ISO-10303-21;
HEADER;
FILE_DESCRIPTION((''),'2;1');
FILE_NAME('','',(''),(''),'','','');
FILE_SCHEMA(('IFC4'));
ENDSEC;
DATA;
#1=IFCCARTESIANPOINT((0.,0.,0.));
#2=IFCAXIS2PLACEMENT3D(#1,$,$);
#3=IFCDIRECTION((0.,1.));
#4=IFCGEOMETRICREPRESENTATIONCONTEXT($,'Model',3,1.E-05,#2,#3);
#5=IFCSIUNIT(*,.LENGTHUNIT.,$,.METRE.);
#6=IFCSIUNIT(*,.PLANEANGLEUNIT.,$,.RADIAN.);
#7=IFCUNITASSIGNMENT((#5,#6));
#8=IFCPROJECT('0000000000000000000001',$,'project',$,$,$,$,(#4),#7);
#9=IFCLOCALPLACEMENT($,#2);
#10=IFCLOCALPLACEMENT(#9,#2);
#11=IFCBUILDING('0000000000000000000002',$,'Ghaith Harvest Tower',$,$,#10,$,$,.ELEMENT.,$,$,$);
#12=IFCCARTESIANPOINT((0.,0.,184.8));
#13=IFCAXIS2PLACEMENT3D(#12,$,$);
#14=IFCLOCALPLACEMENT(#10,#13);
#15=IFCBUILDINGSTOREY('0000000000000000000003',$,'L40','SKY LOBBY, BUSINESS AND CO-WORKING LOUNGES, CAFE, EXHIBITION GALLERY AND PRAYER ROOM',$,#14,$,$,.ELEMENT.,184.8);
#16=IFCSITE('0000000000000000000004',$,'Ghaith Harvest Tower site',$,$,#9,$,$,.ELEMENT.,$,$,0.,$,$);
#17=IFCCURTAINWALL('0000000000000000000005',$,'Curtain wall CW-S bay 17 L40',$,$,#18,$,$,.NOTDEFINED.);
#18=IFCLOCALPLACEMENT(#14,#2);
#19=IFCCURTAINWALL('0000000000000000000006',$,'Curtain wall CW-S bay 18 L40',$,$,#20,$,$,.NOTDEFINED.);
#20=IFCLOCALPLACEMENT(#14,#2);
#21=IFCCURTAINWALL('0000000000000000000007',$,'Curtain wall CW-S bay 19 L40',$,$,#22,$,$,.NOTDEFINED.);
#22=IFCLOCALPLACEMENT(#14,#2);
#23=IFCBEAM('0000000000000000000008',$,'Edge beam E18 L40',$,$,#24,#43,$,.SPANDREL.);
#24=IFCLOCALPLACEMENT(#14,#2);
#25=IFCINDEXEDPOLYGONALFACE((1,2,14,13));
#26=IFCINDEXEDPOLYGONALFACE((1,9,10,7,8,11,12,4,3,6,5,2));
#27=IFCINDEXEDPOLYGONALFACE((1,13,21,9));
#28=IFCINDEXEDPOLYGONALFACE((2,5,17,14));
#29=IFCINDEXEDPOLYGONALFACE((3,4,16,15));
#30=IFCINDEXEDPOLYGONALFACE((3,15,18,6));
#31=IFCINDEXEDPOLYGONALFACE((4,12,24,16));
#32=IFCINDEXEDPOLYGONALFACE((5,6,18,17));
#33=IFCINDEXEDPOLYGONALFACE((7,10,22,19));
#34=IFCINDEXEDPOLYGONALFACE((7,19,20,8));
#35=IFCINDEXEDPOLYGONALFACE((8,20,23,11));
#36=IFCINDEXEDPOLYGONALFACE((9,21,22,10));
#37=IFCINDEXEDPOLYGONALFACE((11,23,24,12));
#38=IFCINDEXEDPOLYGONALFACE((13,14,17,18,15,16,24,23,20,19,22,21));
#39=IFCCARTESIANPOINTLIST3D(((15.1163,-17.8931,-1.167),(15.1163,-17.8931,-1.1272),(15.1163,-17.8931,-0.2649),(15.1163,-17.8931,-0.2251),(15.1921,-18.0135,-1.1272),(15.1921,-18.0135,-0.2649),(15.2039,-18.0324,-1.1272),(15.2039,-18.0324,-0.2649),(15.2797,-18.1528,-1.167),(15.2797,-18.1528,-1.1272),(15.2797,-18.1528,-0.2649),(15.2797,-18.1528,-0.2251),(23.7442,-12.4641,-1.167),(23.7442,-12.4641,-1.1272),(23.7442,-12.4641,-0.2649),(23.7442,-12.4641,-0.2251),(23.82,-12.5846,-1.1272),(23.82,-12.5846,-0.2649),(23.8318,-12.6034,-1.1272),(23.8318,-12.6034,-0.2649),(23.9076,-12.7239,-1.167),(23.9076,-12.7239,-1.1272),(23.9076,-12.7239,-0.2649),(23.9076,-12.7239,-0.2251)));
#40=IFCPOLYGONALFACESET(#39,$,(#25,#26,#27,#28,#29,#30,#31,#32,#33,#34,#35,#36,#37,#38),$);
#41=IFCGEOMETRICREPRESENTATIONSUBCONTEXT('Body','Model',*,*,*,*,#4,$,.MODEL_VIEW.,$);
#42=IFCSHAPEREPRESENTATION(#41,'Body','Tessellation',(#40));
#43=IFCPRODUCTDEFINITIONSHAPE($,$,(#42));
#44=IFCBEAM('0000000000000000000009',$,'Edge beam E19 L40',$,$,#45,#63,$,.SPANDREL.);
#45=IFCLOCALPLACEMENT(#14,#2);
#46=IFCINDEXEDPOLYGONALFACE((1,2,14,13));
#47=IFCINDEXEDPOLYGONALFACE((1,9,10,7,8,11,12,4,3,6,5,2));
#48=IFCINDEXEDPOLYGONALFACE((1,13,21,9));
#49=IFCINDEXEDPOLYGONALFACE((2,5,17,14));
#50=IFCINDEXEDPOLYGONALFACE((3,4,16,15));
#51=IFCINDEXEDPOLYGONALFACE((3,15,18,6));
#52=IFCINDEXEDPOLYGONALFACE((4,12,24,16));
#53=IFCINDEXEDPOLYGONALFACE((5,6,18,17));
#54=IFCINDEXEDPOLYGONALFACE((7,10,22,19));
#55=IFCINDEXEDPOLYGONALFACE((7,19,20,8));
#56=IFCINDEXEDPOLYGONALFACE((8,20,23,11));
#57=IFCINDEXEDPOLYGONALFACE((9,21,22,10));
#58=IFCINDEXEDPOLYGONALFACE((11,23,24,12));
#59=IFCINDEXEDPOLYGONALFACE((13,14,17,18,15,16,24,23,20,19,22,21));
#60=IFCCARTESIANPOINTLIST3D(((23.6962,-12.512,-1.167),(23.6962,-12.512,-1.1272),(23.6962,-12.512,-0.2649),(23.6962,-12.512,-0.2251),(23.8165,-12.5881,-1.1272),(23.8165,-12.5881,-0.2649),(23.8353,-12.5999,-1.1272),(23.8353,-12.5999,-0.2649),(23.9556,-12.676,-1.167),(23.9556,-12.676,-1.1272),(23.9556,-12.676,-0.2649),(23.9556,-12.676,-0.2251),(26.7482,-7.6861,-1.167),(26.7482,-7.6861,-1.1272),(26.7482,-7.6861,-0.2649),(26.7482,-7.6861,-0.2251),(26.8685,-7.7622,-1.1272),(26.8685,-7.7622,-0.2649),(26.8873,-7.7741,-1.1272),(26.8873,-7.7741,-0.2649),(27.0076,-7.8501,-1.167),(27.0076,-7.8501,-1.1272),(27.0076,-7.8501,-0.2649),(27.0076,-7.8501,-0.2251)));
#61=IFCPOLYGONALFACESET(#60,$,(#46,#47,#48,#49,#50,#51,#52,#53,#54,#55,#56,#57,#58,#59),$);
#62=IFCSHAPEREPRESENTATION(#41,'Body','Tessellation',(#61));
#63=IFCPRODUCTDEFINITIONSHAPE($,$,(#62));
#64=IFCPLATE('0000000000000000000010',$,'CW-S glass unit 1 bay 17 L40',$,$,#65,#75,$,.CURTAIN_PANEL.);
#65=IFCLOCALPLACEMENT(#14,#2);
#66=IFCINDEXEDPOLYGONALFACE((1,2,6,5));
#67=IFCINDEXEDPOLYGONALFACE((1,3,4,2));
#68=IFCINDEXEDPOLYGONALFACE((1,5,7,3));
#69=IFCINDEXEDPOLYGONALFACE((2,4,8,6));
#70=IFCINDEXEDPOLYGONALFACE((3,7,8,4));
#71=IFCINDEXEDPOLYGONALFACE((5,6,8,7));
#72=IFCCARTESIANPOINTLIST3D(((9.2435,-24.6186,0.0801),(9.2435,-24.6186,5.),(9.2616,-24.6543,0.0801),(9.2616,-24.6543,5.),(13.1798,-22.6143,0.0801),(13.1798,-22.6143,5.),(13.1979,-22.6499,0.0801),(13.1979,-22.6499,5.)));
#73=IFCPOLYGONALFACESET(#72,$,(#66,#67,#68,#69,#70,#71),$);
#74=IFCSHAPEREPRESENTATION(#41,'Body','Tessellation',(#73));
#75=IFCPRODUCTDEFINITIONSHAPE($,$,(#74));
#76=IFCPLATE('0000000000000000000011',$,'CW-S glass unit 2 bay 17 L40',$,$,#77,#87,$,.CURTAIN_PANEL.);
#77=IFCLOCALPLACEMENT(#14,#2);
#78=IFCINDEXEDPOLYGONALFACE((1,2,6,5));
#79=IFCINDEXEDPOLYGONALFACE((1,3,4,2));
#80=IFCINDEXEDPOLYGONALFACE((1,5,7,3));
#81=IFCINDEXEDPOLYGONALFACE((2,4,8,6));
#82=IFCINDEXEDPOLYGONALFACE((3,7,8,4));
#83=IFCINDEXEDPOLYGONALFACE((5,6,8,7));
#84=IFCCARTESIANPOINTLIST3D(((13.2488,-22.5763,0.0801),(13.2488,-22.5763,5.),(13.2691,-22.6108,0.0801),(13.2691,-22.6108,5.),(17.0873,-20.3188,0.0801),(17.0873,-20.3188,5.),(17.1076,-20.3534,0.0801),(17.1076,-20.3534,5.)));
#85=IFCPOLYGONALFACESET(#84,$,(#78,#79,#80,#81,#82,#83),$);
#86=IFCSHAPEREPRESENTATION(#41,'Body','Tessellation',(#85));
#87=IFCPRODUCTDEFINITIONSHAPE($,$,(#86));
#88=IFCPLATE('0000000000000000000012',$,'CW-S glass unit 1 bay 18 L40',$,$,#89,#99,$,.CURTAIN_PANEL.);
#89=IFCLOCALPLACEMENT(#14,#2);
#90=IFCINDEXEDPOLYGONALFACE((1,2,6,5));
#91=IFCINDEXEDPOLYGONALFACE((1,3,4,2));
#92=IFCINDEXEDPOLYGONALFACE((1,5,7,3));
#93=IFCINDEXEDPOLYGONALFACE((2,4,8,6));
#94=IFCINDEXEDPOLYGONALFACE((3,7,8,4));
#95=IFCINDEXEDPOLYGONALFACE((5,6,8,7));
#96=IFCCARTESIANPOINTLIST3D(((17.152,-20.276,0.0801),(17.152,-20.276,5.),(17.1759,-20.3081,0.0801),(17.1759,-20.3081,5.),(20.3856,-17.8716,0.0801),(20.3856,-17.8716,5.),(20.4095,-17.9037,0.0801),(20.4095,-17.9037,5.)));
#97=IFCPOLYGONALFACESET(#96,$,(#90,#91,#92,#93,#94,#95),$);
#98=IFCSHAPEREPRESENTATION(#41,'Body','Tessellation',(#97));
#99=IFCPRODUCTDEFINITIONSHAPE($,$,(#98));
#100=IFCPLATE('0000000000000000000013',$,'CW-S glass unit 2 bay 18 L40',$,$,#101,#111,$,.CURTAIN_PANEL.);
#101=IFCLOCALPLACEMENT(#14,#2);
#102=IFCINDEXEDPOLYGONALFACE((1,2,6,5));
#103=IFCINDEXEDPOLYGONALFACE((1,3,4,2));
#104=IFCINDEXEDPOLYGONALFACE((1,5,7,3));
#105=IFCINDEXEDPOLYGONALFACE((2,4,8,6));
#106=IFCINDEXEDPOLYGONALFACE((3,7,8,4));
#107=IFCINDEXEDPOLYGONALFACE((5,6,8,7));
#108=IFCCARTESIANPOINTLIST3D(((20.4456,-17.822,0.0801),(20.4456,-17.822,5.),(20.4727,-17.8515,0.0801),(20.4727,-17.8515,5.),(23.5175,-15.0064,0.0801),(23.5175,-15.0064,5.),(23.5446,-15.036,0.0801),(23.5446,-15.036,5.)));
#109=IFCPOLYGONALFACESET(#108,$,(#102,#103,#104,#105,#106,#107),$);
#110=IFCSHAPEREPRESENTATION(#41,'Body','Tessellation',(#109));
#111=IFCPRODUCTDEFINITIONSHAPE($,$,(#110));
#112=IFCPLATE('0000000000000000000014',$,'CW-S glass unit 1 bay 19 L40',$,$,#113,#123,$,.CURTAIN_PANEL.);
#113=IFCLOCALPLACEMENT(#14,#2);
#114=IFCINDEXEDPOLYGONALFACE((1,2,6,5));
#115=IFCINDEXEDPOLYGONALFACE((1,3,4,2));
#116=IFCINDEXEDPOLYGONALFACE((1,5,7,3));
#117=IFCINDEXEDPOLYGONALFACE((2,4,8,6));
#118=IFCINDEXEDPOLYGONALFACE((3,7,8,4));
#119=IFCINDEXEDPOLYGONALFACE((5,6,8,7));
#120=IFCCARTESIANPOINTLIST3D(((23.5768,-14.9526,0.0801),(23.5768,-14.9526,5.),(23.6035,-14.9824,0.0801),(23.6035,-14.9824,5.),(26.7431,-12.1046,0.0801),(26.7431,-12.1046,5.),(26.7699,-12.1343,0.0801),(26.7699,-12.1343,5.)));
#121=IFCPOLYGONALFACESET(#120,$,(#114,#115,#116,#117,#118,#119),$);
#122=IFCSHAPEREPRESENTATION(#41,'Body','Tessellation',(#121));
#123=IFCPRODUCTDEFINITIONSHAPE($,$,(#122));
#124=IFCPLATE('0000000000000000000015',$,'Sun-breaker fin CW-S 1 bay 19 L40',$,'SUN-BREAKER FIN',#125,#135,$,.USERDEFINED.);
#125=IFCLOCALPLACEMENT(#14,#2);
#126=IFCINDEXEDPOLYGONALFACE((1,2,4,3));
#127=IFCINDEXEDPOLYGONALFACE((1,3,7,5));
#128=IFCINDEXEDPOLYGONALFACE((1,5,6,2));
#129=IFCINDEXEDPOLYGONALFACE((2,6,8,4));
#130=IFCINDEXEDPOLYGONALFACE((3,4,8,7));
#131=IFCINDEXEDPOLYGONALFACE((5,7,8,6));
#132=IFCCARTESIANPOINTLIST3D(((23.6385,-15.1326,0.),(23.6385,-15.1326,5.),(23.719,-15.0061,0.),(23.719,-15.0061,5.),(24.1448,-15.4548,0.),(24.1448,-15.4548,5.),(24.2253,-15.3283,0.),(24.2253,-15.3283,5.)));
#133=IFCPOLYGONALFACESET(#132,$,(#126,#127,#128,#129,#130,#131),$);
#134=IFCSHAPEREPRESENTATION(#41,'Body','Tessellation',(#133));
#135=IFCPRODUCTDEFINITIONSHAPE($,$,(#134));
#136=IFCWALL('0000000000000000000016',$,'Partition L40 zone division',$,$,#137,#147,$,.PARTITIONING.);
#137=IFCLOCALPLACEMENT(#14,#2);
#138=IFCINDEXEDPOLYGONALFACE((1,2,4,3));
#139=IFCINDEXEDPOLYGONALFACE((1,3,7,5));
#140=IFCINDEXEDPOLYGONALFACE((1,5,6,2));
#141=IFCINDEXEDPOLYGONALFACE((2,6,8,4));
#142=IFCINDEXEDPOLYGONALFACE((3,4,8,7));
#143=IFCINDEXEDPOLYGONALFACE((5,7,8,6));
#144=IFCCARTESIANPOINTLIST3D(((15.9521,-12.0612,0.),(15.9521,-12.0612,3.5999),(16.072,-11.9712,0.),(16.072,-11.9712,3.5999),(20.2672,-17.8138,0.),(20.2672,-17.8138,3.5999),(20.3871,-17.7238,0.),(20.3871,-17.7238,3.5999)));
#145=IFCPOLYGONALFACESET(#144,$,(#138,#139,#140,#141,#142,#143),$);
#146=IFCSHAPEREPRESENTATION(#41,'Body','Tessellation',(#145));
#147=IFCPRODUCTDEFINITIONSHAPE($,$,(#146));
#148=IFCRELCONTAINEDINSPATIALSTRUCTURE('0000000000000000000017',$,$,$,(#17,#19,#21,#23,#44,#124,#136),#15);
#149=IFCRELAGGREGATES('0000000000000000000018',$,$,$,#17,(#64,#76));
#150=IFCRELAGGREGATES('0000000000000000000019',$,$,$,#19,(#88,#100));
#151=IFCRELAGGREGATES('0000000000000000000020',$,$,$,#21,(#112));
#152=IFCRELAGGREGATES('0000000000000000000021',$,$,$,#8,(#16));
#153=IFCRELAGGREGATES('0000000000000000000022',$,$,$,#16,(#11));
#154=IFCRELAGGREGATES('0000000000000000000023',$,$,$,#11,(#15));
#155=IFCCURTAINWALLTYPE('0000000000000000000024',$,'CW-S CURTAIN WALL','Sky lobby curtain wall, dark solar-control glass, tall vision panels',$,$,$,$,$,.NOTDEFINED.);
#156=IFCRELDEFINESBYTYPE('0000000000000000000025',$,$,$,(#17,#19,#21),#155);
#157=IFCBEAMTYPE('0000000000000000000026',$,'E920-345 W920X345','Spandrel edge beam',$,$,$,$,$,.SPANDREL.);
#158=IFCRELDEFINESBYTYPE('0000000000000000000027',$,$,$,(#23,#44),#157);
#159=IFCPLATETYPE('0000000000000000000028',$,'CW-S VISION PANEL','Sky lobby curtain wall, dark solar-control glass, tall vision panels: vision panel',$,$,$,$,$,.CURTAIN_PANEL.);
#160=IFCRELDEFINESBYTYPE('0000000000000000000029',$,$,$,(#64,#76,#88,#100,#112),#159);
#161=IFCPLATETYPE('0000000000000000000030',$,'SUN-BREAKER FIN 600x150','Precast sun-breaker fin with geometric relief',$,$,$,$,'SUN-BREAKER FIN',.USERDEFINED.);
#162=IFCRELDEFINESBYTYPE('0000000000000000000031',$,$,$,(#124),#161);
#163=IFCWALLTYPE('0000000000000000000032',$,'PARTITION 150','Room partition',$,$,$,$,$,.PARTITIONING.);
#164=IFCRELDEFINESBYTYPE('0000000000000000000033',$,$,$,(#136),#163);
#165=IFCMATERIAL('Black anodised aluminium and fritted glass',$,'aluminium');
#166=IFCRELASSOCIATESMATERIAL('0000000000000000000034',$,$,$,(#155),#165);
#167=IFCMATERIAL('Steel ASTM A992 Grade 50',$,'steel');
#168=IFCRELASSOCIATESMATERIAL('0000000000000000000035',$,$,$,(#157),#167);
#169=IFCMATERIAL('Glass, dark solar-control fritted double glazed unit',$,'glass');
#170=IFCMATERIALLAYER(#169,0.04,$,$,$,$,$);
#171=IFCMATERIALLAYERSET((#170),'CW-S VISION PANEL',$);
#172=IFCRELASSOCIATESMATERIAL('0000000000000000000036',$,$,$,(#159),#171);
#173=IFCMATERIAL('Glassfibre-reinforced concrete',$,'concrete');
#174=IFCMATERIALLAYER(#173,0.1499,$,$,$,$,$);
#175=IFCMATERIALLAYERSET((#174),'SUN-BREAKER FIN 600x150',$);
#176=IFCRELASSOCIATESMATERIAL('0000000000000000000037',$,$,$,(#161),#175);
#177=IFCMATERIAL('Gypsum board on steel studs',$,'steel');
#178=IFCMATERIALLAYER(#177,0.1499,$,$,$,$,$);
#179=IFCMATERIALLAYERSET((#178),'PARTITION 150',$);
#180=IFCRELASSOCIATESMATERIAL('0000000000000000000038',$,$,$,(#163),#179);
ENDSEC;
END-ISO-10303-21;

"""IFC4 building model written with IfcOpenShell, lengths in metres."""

from ifc_helpers import new_model, si_unit, direction, frame, frame_2d, origin, origin_2d, place, context, subcontext, project, spatial, rectangle, i_section, extrude, material, layer, layer_set, material_profile, profile_set, type_object, element, aggregate, save


model = new_model("IFC4")

# Units and contexts
model_context = context("Model", 3, precision=1e-05, world=origin(), true_north=direction((0.0, 1.0)))
body_context = subcontext(model_context, "Body", "Model", "MODEL_VIEW")
ifc_project = project(units=[si_unit("LENGTHUNIT", "METRE"), si_unit("PLANEANGLEUNIT", "RADIAN")], contexts=[model_context])

# Site, building, storey
site_placement = place(None, origin())
site = spatial("IfcSite", under=ifc_project, at=site_placement, Name="Ghaith Harvest Tower site", CompositionType="ELEMENT", RefElevation=0.0)
building_placement = place(site_placement, origin())
building = spatial("IfcBuilding", under=site, at=building_placement, Name="Ghaith Harvest Tower", CompositionType="ELEMENT")
storey_placement = place(building_placement, frame((0.0, 0.0, 184.8)))
storey = spatial("IfcBuildingStorey", under=building, at=storey_placement, Name="L40", Description="SKY LOBBY, BUSINESS AND CO-WORKING LOUNGES, CAFE, EXHIBITION GALLERY AND PRAYER ROOM", CompositionType="ELEMENT", Elevation=184.8)

# Curtain wall
ifc_material_1 = material(Name="Black anodised aluminium and fritted glass", Category="aluminium")
curtain_wall_type = type_object("IfcCurtainWallType", Name="CW-S CURTAIN WALL", Description="Sky lobby curtain wall, dark solar-control glass, tall vision panels", PredefinedType="NOTDEFINED", material=ifc_material_1)
curtain_wall_1_placement = place(storey_placement, origin())
curtain_wall_1 = element("IfcCurtainWall", 1, at=curtain_wall_1_placement, inside=storey, type_object=curtain_wall_type, Name="Curtain wall CW-S bay 17 L40", PredefinedType="NOTDEFINED")

# Curtain walls
curtain_wall_2_placement = place(storey_placement, origin())
curtain_wall_2 = element("IfcCurtainWall", 2, at=curtain_wall_2_placement, inside=storey, type_object=curtain_wall_type, Name="Curtain wall CW-S bay 18 L40", PredefinedType="NOTDEFINED")
curtain_wall_3_placement = place(storey_placement, origin())
curtain_wall_3 = element("IfcCurtainWall", 3, at=curtain_wall_3_placement, inside=storey, type_object=curtain_wall_type, Name="Curtain wall CW-S bay 19 L40", PredefinedType="NOTDEFINED")

# Beams
ifc_material_2 = material(Name="Steel ASTM A992 Grade 50", Category="steel")
ifc_material_profile_1 = material_profile(ifc_material_2, i_section(OverallWidth=0.3069, OverallDepth=0.9419, WebThickness=0.0222, FlangeThickness=0.0398, at=origin_2d()), Name="W920X345")
ifc_profile_set_1 = profile_set([ifc_material_profile_1], Name="Steel ASTM A992 Grade 50")
beam_type = type_object("IfcBeamType", Name="E920-345 W920X345", Description="Spandrel edge beam", PredefinedType="SPANDREL", material=ifc_profile_set_1)
beam_1_placement = place(storey_placement, frame((15.198, -18.0229, -0.696), z_axis=(0.846385, 0.532571, 0.0), x_axis=(-0.532571, 0.846385, 0.0)))
element("IfcBeam", 4, at=beam_1_placement, inside=storey, type_object=beam_type, Name="Edge beam E18 L40", PredefinedType="SPANDREL", context=body_context, shape_type="SweptSolid", body=[
    extrude(i_section(OverallWidth=0.3069, OverallDepth=0.9419, WebThickness=0.0222, FlangeThickness=0.0398, at=origin_2d()), origin(), (0.0, 0.0, 1.0), 10.1938),
])
beam_2_placement = place(storey_placement, frame((23.8259, -12.594, -0.696), z_axis=(0.5345, 0.845169, 0.0), x_axis=(-0.845169, 0.5345, 0.0)))
element("IfcBeam", 5, at=beam_2_placement, inside=storey, type_object=beam_type, Name="Edge beam E19 L40", PredefinedType="SPANDREL", context=body_context, shape_type="SweptSolid", body=[
    extrude(i_section(OverallWidth=0.3069, OverallDepth=0.9419, WebThickness=0.0222, FlangeThickness=0.0398, at=origin_2d()), origin(), (0.0, 0.0, 1.0), 5.71),
])

# Plates
ifc_material_3 = material(Name="Glass, dark solar-control fritted double glazed unit", Category="glass")
ifc_layer_1 = layer(ifc_material_3, 0.04)
ifc_layer_set_1 = layer_set([ifc_layer_1], Name="CW-S VISION PANEL")
plate_type_1 = type_object("IfcPlateType", Name="CW-S VISION PANEL", Description="Sky lobby curtain wall, dark solar-control glass, tall vision panels: vision panel", PredefinedType="CURTAIN_PANEL", material=ifc_layer_set_1)
plate_1_placement = place(storey_placement, frame((11.2207, -23.6343, 0.0801), z_axis=(0.0, 0.0, 1.0), x_axis=(0.891127, 0.453754, 0.0)))
plate_1 = element("IfcPlate", 6, at=plate_1_placement, type_object=plate_type_1, Name="CW-S glass unit 1 bay 17 L40", PredefinedType="CURTAIN_PANEL", context=body_context, shape_type="SweptSolid", body=[
    extrude(rectangle(XDim=4.4172, YDim=0.04, at=origin_2d()), origin(), (0.0, 0.0, 1.0), 4.9199),
])
plate_2_placement = place(storey_placement, frame((15.1782, -21.4648, 0.0801), z_axis=(0.0, 0.0, 1.0), x_axis=(0.861979, 0.506943, 0.0)))
plate_2 = element("IfcPlate", 7, at=plate_2_placement, type_object=plate_type_1, Name="CW-S glass unit 2 bay 17 L40", PredefinedType="CURTAIN_PANEL", context=body_context, shape_type="SweptSolid", body=[
    extrude(rectangle(XDim=4.4531, YDim=0.04, at=origin_2d()), origin(), (0.0, 0.0, 1.0), 4.9199),
])
aggregate(curtain_wall_1, [plate_1, plate_2])
plate_3_placement = place(storey_placement, frame((18.7808, -19.0898, 0.0801), z_axis=(0.0, 0.0, 1.0), x_axis=(0.802462, 0.596703, 0.0)))
plate_3 = element("IfcPlate", 8, at=plate_3_placement, type_object=plate_type_1, Name="CW-S glass unit 1 bay 18 L40", PredefinedType="CURTAIN_PANEL", context=body_context, shape_type="SweptSolid", body=[
    extrude(rectangle(XDim=4.0295, YDim=0.04, at=origin_2d()), origin(), (0.0, 0.0, 1.0), 4.9199),
])
plate_4_placement = place(storey_placement, frame((21.9951, -16.429, 0.0801), z_axis=(0.0, 0.0, 1.0), x_axis=(0.737202, 0.675673, 0.0)))
plate_4 = element("IfcPlate", 9, at=plate_4_placement, type_object=plate_type_1, Name="CW-S glass unit 2 bay 18 L40", PredefinedType="CURTAIN_PANEL", context=body_context, shape_type="SweptSolid", body=[
    extrude(rectangle(XDim=4.167, YDim=0.04, at=origin_2d()), origin(), (0.0, 0.0, 1.0), 4.9199),
])
aggregate(curtain_wall_2, [plate_3, plate_4])
plate_5_placement = place(storey_placement, frame((25.1733, -13.5435, 0.0801), z_axis=(0.0, 0.0, 1.0), x_axis=(0.743493, 0.668744, 0.0)))
plate_5 = element("IfcPlate", 10, at=plate_5_placement, type_object=plate_type_1, Name="CW-S glass unit 1 bay 19 L40", PredefinedType="CURTAIN_PANEL", context=body_context, shape_type="SweptSolid", body=[
    extrude(rectangle(XDim=4.2588, YDim=0.04, at=origin_2d()), origin(), (0.0, 0.0, 1.0), 4.9199),
])
aggregate(curtain_wall_3, [plate_5])
ifc_material_4 = material(Name="Glassfibre-reinforced concrete", Category="concrete")
ifc_layer_2 = layer(ifc_material_4, 0.1499)
ifc_layer_set_2 = layer_set([ifc_layer_2], Name="SUN-BREAKER FIN 600x150")
plate_type_2 = type_object("IfcPlateType", Name="SUN-BREAKER FIN 600x150", Description="Precast sun-breaker fin with geometric relief", ElementType="SUN-BREAKER FIN", PredefinedType="USERDEFINED", material=ifc_layer_set_2)
plate_6_placement = place(storey_placement, frame((23.9319, -15.2305, 0.0), z_axis=(0.0, 0.0, 1.0), x_axis=(0.843644, -0.536903, 0.0)))
element("IfcPlate", 11, at=plate_6_placement, inside=storey, type_object=plate_type_2, Name="Sun-breaker fin CW-S 1 bay 19 L40", ObjectType="SUN-BREAKER FIN", PredefinedType="USERDEFINED", context=body_context, shape_type="SweptSolid", body=[
    extrude(rectangle(XDim=0.6001, YDim=0.1499, at=origin_2d()), origin(), (0.0, 0.0, 1.0), 5.0),
])

# Wall
ifc_material_5 = material(Name="Gypsum board on steel studs", Category="steel")
ifc_layer_3 = layer(ifc_material_5, 0.1499)
ifc_layer_set_3 = layer_set([ifc_layer_3], Name="PARTITION 150")
wall_type = type_object("IfcWallType", Name="PARTITION 150", Description="Room partition", PredefinedType="PARTITIONING", material=ifc_layer_set_3)
wall_1_placement = place(storey_placement, frame((16.012, -12.0161, 0.0), z_axis=(0.0, 0.0, 1.0), x_axis=(0.60006, -0.799955, 0.0)))
element("IfcWall", 12, at=wall_1_placement, inside=storey, type_object=wall_type, Name="Partition L40 zone division", PredefinedType="PARTITIONING", context=body_context, shape_type="SweptSolid", body=[
    extrude(rectangle(XDim=7.1912, YDim=0.1499, at=frame_2d((3.5957, 0.0))), origin(), (0.0, 0.0, 1.0), 3.5999),
])

save(model, "model.ifc")
